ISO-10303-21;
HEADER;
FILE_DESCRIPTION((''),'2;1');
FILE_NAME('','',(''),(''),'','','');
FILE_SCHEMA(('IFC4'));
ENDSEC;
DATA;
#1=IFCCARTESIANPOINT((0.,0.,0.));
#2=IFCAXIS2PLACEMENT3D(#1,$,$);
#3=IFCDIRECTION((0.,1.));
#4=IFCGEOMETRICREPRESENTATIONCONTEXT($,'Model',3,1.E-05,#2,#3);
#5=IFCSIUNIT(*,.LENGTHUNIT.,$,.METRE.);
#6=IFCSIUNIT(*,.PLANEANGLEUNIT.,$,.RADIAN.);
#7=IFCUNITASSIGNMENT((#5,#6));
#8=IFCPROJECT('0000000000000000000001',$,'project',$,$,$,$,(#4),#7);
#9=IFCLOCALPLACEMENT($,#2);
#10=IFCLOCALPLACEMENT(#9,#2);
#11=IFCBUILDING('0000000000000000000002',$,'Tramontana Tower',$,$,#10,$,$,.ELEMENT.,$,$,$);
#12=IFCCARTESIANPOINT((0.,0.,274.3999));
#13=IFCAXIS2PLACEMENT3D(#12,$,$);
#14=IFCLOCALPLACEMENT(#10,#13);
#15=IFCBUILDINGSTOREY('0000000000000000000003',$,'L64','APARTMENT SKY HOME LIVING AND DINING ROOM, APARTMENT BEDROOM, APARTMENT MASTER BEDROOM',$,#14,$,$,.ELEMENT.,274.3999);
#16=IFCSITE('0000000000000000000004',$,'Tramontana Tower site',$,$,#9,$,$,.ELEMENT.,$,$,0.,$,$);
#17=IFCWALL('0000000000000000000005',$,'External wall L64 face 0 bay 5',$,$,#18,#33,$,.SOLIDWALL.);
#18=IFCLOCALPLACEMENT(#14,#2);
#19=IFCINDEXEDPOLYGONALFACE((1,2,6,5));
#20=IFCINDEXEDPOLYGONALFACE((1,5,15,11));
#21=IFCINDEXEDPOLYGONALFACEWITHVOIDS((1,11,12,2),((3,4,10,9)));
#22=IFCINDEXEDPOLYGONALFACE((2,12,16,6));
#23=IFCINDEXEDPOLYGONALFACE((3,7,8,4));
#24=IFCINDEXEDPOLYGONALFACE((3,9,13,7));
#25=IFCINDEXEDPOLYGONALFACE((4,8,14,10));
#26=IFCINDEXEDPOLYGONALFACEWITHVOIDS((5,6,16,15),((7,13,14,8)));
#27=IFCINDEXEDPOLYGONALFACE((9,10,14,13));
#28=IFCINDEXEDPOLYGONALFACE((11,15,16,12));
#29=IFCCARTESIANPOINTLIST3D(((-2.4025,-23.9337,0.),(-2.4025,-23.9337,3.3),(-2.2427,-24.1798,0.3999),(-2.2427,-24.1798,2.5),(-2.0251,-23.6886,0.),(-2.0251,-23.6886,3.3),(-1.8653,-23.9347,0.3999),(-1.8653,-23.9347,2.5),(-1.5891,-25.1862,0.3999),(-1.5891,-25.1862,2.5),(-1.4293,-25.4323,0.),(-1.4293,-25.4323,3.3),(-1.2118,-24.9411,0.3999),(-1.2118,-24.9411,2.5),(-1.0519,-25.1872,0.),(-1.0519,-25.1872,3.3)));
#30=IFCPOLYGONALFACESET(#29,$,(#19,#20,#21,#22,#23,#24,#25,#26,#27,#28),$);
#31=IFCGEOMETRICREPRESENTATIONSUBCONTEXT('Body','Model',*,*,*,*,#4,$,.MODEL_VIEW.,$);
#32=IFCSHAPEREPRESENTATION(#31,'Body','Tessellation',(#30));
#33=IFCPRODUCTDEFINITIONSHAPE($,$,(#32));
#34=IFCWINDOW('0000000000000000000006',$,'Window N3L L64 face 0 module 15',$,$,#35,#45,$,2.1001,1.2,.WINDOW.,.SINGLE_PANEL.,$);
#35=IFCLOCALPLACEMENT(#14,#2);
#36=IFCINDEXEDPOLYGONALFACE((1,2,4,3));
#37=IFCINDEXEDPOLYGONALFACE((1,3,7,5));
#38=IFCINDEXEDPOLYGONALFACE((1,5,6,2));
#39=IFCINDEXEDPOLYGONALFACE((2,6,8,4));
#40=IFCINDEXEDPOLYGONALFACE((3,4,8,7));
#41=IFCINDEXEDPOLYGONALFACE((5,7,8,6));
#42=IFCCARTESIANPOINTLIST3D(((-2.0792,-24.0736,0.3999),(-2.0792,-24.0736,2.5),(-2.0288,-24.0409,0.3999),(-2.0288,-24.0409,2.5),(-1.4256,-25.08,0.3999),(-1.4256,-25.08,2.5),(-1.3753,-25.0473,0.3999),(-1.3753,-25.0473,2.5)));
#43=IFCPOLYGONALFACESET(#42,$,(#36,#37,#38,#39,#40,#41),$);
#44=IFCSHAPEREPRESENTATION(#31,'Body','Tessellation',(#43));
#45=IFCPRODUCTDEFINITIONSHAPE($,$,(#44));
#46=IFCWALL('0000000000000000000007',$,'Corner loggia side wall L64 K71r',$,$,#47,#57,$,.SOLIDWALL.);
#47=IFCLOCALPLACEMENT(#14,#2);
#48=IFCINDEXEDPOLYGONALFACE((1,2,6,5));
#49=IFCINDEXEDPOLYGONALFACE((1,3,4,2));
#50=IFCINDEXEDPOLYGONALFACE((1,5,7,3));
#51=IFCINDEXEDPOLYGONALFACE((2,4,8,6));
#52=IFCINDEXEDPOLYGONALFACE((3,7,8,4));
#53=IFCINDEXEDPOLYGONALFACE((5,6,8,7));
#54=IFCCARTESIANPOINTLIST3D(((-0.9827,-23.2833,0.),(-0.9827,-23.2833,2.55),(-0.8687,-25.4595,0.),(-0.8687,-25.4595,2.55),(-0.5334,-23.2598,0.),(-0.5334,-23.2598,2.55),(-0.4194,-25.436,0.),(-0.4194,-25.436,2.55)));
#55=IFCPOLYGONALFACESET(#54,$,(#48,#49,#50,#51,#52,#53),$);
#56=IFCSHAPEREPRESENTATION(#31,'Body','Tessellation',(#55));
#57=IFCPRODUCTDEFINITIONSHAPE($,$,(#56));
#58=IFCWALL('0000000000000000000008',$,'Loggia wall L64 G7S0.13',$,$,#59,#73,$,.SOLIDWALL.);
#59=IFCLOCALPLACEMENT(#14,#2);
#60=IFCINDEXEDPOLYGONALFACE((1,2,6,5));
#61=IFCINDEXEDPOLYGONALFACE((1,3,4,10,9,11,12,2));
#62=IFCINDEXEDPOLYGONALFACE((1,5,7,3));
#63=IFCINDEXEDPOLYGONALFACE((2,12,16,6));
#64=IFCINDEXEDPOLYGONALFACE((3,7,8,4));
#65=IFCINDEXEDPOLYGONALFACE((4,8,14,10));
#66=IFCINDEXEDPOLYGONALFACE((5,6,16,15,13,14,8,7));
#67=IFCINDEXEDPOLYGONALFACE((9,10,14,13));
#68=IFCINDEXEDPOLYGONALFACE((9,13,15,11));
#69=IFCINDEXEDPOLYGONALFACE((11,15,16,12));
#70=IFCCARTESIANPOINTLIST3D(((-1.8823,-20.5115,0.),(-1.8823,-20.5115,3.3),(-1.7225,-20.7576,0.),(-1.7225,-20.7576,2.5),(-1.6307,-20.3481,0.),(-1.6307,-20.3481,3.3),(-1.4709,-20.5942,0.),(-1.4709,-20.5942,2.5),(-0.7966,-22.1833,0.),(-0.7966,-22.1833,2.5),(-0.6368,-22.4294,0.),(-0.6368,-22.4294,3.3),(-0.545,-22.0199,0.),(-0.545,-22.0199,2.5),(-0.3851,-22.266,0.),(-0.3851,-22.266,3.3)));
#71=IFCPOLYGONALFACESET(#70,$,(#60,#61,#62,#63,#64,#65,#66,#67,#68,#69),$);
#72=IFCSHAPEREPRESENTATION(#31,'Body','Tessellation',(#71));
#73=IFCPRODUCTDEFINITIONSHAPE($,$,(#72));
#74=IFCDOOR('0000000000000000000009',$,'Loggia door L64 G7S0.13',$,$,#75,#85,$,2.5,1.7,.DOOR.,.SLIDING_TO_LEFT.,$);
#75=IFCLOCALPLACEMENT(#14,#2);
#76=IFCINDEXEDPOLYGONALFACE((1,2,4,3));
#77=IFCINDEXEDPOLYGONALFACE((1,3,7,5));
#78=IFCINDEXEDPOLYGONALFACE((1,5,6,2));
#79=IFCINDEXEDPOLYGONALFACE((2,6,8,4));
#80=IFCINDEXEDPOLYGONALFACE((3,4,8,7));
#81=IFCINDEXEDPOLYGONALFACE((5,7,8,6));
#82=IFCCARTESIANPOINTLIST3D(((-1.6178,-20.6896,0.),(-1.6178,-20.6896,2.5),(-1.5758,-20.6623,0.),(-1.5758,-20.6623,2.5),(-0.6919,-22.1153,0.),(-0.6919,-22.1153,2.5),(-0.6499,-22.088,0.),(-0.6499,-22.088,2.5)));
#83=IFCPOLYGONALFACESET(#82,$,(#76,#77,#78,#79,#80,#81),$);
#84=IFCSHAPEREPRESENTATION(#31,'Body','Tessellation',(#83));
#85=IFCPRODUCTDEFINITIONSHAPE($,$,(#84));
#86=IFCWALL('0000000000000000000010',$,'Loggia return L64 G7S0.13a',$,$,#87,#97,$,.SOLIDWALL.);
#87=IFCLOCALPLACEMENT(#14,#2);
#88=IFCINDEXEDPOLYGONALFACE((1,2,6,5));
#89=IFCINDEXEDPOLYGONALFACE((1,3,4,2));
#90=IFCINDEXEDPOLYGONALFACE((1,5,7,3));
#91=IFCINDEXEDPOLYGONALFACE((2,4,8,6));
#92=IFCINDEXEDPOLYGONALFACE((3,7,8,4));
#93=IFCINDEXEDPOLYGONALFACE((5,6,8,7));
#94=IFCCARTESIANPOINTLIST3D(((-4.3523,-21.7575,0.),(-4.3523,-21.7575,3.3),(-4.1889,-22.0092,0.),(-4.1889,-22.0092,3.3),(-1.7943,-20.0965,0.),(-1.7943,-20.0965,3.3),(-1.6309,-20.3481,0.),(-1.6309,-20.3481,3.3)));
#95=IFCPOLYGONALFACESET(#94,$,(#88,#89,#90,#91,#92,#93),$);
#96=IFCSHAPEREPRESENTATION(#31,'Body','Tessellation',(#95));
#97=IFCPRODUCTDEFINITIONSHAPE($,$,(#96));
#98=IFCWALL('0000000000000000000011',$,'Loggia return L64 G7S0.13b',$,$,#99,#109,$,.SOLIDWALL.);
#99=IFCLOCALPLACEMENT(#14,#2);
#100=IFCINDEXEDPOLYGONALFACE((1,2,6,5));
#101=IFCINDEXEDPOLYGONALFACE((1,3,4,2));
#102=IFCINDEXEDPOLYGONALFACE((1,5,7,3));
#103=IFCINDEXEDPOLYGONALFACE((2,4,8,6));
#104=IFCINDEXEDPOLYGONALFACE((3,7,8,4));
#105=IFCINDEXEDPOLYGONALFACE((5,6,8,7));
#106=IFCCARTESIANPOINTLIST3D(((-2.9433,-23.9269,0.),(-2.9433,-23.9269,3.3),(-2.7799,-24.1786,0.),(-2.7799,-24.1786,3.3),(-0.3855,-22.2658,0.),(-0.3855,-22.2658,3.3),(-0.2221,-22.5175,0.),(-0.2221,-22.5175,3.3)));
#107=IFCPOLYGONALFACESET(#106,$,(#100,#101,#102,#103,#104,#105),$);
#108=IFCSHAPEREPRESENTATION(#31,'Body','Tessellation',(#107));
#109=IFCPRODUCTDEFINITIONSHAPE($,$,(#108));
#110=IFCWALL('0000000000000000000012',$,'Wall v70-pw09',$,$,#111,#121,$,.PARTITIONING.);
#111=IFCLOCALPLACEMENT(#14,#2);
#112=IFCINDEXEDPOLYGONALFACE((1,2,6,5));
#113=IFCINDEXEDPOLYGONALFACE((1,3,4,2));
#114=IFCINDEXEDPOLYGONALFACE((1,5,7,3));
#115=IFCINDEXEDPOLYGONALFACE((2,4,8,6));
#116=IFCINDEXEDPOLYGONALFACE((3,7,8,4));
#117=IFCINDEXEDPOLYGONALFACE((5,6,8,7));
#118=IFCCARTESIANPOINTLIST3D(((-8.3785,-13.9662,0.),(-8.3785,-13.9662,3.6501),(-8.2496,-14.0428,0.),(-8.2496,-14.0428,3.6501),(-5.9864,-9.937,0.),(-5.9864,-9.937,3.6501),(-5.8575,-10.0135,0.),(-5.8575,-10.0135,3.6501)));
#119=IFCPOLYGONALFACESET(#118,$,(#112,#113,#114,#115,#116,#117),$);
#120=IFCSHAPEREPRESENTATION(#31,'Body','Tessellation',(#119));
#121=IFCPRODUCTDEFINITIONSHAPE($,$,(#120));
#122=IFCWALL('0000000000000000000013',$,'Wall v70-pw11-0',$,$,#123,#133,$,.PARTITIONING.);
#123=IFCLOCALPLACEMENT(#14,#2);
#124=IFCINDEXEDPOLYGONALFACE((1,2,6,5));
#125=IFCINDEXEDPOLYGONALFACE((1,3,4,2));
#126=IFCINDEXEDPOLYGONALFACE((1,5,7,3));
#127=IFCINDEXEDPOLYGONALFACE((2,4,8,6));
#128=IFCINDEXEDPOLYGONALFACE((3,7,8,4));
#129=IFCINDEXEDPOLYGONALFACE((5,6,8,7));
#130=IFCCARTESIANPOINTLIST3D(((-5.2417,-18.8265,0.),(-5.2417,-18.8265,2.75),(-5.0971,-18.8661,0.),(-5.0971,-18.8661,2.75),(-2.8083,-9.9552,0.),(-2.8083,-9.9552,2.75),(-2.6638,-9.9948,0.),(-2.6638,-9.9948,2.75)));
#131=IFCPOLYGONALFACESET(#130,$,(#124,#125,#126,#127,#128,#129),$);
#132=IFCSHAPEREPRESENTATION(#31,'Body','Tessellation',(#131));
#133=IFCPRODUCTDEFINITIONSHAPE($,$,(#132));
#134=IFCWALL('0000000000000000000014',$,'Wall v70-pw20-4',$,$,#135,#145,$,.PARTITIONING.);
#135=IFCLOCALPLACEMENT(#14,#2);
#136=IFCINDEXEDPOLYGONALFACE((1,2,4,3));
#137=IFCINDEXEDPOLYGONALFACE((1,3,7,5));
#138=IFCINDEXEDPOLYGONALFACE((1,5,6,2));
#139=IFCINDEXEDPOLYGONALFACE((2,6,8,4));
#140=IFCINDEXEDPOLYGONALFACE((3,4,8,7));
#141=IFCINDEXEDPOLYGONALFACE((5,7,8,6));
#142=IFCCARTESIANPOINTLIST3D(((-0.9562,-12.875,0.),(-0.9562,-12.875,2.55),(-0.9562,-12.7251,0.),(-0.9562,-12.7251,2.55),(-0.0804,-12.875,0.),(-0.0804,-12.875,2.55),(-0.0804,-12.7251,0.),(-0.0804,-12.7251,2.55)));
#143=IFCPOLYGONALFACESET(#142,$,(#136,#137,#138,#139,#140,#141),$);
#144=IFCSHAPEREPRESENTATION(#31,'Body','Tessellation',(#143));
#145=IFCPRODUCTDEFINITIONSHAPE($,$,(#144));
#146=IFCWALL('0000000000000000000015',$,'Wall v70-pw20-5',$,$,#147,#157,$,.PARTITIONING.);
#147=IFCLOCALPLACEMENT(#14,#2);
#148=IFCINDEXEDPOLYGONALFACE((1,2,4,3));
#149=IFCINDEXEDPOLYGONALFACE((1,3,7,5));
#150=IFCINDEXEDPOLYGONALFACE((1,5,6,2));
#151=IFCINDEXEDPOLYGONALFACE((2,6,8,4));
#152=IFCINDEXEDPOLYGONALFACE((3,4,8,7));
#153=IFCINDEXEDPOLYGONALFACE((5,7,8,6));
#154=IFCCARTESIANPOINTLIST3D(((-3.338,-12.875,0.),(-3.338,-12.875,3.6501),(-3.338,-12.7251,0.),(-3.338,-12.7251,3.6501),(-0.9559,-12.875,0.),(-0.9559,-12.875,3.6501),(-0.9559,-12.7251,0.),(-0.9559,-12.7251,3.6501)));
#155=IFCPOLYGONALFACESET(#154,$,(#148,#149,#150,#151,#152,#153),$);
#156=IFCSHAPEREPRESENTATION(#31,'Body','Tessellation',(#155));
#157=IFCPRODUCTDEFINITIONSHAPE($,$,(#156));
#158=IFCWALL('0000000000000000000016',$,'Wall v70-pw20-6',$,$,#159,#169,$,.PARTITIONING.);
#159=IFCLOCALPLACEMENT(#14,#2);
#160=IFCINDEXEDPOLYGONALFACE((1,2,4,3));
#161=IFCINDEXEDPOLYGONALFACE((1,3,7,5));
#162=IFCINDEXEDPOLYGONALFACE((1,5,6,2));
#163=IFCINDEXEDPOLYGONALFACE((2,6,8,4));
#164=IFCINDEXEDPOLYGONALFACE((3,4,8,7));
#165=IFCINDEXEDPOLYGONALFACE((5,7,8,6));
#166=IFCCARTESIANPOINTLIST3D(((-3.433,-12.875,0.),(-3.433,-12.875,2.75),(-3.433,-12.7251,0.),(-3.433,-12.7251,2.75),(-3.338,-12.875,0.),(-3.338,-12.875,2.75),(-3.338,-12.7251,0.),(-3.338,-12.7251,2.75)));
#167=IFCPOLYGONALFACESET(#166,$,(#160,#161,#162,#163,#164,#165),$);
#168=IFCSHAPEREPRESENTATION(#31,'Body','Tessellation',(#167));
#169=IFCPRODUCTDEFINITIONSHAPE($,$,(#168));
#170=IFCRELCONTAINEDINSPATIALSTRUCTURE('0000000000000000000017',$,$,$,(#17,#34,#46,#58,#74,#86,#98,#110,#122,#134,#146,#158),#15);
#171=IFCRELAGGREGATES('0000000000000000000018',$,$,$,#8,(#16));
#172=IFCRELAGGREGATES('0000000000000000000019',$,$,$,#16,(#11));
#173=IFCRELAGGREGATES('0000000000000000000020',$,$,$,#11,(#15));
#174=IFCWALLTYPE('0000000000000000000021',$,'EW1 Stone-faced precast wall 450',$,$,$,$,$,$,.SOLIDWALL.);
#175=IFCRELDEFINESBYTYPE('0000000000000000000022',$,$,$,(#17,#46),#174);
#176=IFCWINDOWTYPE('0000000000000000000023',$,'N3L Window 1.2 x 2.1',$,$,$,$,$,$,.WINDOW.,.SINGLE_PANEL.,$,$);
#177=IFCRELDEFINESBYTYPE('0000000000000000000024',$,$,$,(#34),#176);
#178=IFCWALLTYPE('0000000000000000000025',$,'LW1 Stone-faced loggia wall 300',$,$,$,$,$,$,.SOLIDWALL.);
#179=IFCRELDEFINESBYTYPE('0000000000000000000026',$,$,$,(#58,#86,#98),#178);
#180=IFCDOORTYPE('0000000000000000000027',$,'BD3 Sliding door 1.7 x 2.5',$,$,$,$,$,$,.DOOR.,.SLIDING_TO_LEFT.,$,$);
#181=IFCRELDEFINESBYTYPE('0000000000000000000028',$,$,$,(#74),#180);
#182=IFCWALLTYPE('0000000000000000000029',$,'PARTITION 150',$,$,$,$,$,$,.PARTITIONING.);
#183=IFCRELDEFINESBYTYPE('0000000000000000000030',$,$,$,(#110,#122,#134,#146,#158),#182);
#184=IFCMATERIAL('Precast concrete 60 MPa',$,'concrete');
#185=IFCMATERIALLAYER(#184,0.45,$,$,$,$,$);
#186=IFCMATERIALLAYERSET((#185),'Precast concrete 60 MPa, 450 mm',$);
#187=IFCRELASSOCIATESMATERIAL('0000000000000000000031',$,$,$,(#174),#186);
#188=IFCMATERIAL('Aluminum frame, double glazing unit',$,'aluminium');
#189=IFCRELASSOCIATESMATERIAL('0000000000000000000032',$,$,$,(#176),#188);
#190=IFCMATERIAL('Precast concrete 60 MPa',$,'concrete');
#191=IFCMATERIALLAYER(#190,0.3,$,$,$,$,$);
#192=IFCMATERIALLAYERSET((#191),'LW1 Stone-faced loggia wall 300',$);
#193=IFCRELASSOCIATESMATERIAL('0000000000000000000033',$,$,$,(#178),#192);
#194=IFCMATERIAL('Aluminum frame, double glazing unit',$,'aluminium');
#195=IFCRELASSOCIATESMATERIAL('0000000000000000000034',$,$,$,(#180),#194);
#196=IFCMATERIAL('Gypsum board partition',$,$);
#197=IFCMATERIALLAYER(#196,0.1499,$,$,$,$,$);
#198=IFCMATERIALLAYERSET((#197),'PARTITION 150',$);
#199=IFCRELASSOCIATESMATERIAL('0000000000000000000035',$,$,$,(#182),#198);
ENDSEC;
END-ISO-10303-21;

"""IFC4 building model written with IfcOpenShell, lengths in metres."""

from ifc_helpers import new_model, si_unit, direction, frame, frame_2d, origin, place, context, subcontext, project, spatial, rectangle, extrude, material, layer, layer_set, type_object, element, fill, save


model = new_model("IFC4")

# Units and contexts
model_context = context("Model", 3, precision=1e-05, world=origin(), true_north=direction((0.0, 1.0)))
body_context = subcontext(model_context, "Body", "Model", "MODEL_VIEW")
ifc_project = project(units=[si_unit("LENGTHUNIT", "METRE"), si_unit("PLANEANGLEUNIT", "RADIAN")], contexts=[model_context])

# Site, building, storey
site_placement = place(None, origin())
site = spatial("IfcSite", under=ifc_project, at=site_placement, Name="Tramontana Tower site", CompositionType="ELEMENT", RefElevation=0.0)
building_placement = place(site_placement, origin())
building = spatial("IfcBuilding", under=site, at=building_placement, Name="Tramontana Tower", CompositionType="ELEMENT")
storey_placement = place(building_placement, frame((0.0, 0.0, 274.3999)))
storey = spatial("IfcBuildingStorey", under=building, at=storey_placement, Name="L64", Description="APARTMENT SKY HOME LIVING AND DINING ROOM, APARTMENT BEDROOM, APARTMENT MASTER BEDROOM", CompositionType="ELEMENT", Elevation=274.3999)

# Shared definitions
ifc_material_1 = material(Name="Precast concrete 60 MPa", Category="concrete")
ifc_layer_1 = layer(ifc_material_1, 0.45)
ifc_layer_set_1 = layer_set([ifc_layer_1], Name="Precast concrete 60 MPa, 450 mm")
wall_type_1 = type_object("IfcWallType", Name="EW1 Stone-faced precast wall 450", PredefinedType="SOLIDWALL", material=ifc_layer_set_1)

# Wall, opening, window
wall_1_placement = place(storey_placement, frame((-2.2139, -23.811, 0.0), z_axis=(0.0, 0.0, 1.0), x_axis=(0.544633, -0.838675, 0.0)))
wall_1 = element("IfcWall", 1, at=wall_1_placement, inside=storey, type_object=wall_type_1, Name="External wall L64 face 0 bay 5", PredefinedType="SOLIDWALL", context=body_context, shape_type="SweptSolid", body=[
    extrude(rectangle(XDim=1.7869, YDim=0.45, at=frame_2d((0.8936, 0.0))), origin(), (0.0, 0.0, 1.0), 3.3),
])
opening_1_placement = place(wall_1_placement, frame((0.2935, 0.0, 0.3999)))
opening_1 = element("IfcOpeningElement", 2, at=opening_1_placement, cuts=wall_1, PredefinedType="OPENING", context=body_context, shape_type="SweptSolid", body=[
    extrude(rectangle(XDim=1.2, YDim=2.1001, at=frame_2d((0.6001, 1.05))), frame((0.0, 0.2349, 0.0), z_axis=(0.0, -1.0, 0.0), x_axis=(1.0, 0.0, 0.0)), (0.0, 0.0, 1.0), 0.47),
])
ifc_material_2 = material(Name="Aluminum frame, double glazing unit", Category="aluminium")
window_type_1 = type_object("IfcWindowType", Name="N3L Window 1.2 x 2.1", PartitioningType="SINGLE_PANEL", PredefinedType="WINDOW", material=ifc_material_2)
window_1_placement = place(opening_1_placement, origin())
window_1 = element("IfcWindow", 3, at=window_1_placement, inside=storey, type_object=window_type_1, Name="Window N3L L64 face 0 module 15", OverallHeight=2.1001, OverallWidth=1.2, PartitioningType="SINGLE_PANEL", PredefinedType="WINDOW", context=body_context, shape_type="SweptSolid", body=[
    extrude(rectangle(XDim=1.2, YDim=2.1001, at=frame_2d((0.6001, 1.05))), frame((0.0, 0.03, 0.0), z_axis=(0.0, -1.0, 0.0), x_axis=(1.0, 0.0, 0.0)), (0.0, 0.0, 1.0), 0.0601),
])
fill(opening_1, window_1)

# Wall
wall_2_placement = place(storey_placement, frame((-0.644, -25.4478, 0.0), z_axis=(0.0, 0.0, 1.0), x_axis=(-0.052318, 0.99863, 0.0)))
element("IfcWall", 4, at=wall_2_placement, inside=storey, type_object=wall_type_1, Name="Corner loggia side wall L64 K71r", PredefinedType="SOLIDWALL", context=body_context, shape_type="SweptSolid", body=[
    extrude(rectangle(XDim=2.1792, YDim=0.45, at=frame_2d((1.0896, 0.0))), origin(), (0.0, 0.0, 1.0), 2.55),
])

# Wall, opening, door
ifc_material_3 = material(Name="Precast concrete 60 MPa", Category="concrete")
ifc_layer_2 = layer(ifc_material_3, 0.3)
ifc_layer_set_2 = layer_set([ifc_layer_2], Name="LW1 Stone-faced loggia wall 300")
wall_type_2 = type_object("IfcWallType", Name="LW1 Stone-faced loggia wall 300", PredefinedType="SOLIDWALL", material=ifc_layer_set_2)
wall_3_placement = place(storey_placement, frame((-1.7566, -20.4297, 0.0), z_axis=(0.0, 0.0, 1.0), x_axis=(0.544658, -0.838658, 0.0)))
wall_3 = element("IfcWall", 5, at=wall_3_placement, inside=storey, type_object=wall_type_2, Name="Loggia wall L64 G7S0.13", PredefinedType="SOLIDWALL", context=body_context, shape_type="SweptSolid", body=[
    extrude(rectangle(XDim=2.2869, YDim=0.3, at=frame_2d((1.1436, 0.0))), origin(), (0.0, 0.0, 1.0), 3.3),
])
opening_2_placement = place(wall_3_placement, frame((0.2935, 0.0, 0.0)))
opening_2 = element("IfcOpeningElement", 6, at=opening_2_placement, cuts=wall_3, PredefinedType="OPENING", context=body_context, shape_type="SweptSolid", body=[
    extrude(rectangle(XDim=1.7, YDim=2.5, at=frame_2d((0.8501, 1.25))), frame((0.0, 0.1599, 0.0), z_axis=(0.0, -1.0, 0.0), x_axis=(1.0, 0.0, 0.0)), (0.0, 0.0, 1.0), 0.3201),
])
ifc_material_4 = material(Name="Aluminum frame, double glazing unit", Category="aluminium")
door_type = type_object("IfcDoorType", Name="BD3 Sliding door 1.7 x 2.5", OperationType="SLIDING_TO_LEFT", PredefinedType="DOOR", material=ifc_material_4)
door_placement = place(opening_2_placement, origin())
door = element("IfcDoor", 7, at=door_placement, inside=storey, type_object=door_type, Name="Loggia door L64 G7S0.13", OperationType="SLIDING_TO_LEFT", OverallHeight=2.5, OverallWidth=1.7, PredefinedType="DOOR", context=body_context, shape_type="SweptSolid", body=[
    extrude(rectangle(XDim=1.7, YDim=2.5, at=frame_2d((0.8501, 1.25))), frame((0.0, 0.0249, 0.0), z_axis=(0.0, -1.0, 0.0), x_axis=(1.0, 0.0, 0.0)), (0.0, 0.0, 1.0), 0.05),
])
fill(opening_2, door)

# Walls
wall_4_placement = place(storey_placement, frame((-4.2705, -21.8833, 0.0), z_axis=(0.0, 0.0, 1.0), x_axis=(0.838689, 0.544611, 0.0)))
element("IfcWall", 8, at=wall_4_placement, inside=storey, type_object=wall_type_2, Name="Loggia return L64 G7S0.13a", PredefinedType="SOLIDWALL", context=body_context, shape_type="SweptSolid", body=[
    extrude(rectangle(XDim=3.05, YDim=0.3, at=frame_2d((1.5249, 0.0))), origin(), (0.0, 0.0, 1.0), 3.3),
])
wall_5_placement = place(storey_placement, frame((-2.8616, -24.0527, 0.0), z_axis=(0.0, 0.0, 1.0), x_axis=(0.838665, 0.544648, 0.0)))
element("IfcWall", 9, at=wall_5_placement, inside=storey, type_object=wall_type_2, Name="Loggia return L64 G7S0.13b", PredefinedType="SOLIDWALL", context=body_context, shape_type="SweptSolid", body=[
    extrude(rectangle(XDim=3.0498, YDim=0.3, at=frame_2d((1.5249, 0.0))), origin(), (0.0, 0.0, 1.0), 3.3),
])
ifc_material_5 = material(Name="Gypsum board partition")
ifc_layer_3 = layer(ifc_material_5, 0.1499)
ifc_layer_set_3 = layer_set([ifc_layer_3], Name="PARTITION 150")
wall_type_3 = type_object("IfcWallType", Name="PARTITION 150", PredefinedType="PARTITIONING", material=ifc_layer_set_3)
wall_6_placement = place(storey_placement, frame((-8.314, -14.0044, 0.0), z_axis=(0.0, 0.0, 1.0), x_axis=(0.510491, 0.859883, 0.0)))
element("IfcWall", 10, at=wall_6_placement, inside=storey, type_object=wall_type_3, Name="Wall v70-pw09", PredefinedType="PARTITIONING", context=body_context, shape_type="SweptSolid", body=[
    extrude(rectangle(XDim=4.6858, YDim=0.1499, at=frame_2d((2.3428, 0.0))), origin(), (0.0, 0.0, 1.0), 3.6501),
])
wall_7_placement = place(storey_placement, frame((-5.1694, -18.8464, 0.0), z_axis=(0.0, 0.0, 1.0), x_axis=(0.264523, 0.964379, 0.0)))
element("IfcWall", 11, at=wall_7_placement, inside=storey, type_object=wall_type_3, Name="Wall v70-pw11-0", PredefinedType="PARTITIONING", context=body_context, shape_type="SweptSolid", body=[
    extrude(rectangle(XDim=9.199, YDim=0.1499, at=frame_2d((4.5996, 0.0))), origin(), (0.0, 0.0, 1.0), 2.75),
])
wall_8_placement = place(storey_placement, frame((-0.0803, -12.8, 0.0), z_axis=(0.0, 0.0, 1.0), x_axis=(-1.0, 0.0, 0.0)))
element("IfcWall", 12, at=wall_8_placement, inside=storey, type_object=wall_type_3, Name="Wall v70-pw20-4", PredefinedType="PARTITIONING", context=body_context, shape_type="SweptSolid", body=[
    extrude(rectangle(XDim=0.8757, YDim=0.1499, at=frame_2d((0.438, 0.0))), origin(), (0.0, 0.0, 1.0), 2.55),
])
wall_9_placement = place(storey_placement, frame((-0.9561, -12.8, 0.0), z_axis=(0.0, 0.0, 1.0), x_axis=(-1.0, 0.0, 0.0)))
element("IfcWall", 13, at=wall_9_placement, inside=storey, type_object=wall_type_3, Name="Wall v70-pw20-5", PredefinedType="PARTITIONING", context=body_context, shape_type="SweptSolid", body=[
    extrude(rectangle(XDim=2.3821, YDim=0.1499, at=frame_2d((1.1909, 0.0))), origin(), (0.0, 0.0, 1.0), 3.6501),
])
wall_10_placement = place(storey_placement, frame((-3.3381, -12.8, 0.0), z_axis=(0.0, 0.0, 1.0), x_axis=(-1.0, 0.0, 0.0)))
element("IfcWall", 14, at=wall_10_placement, inside=storey, type_object=wall_type_3, Name="Wall v70-pw20-6", PredefinedType="PARTITIONING", context=body_context, shape_type="SweptSolid", body=[
    extrude(rectangle(XDim=0.095, YDim=0.1499, at=frame_2d((0.0474, 0.0))), origin(), (0.0, 0.0, 1.0), 2.75),
])

save(model, "model.ifc")
